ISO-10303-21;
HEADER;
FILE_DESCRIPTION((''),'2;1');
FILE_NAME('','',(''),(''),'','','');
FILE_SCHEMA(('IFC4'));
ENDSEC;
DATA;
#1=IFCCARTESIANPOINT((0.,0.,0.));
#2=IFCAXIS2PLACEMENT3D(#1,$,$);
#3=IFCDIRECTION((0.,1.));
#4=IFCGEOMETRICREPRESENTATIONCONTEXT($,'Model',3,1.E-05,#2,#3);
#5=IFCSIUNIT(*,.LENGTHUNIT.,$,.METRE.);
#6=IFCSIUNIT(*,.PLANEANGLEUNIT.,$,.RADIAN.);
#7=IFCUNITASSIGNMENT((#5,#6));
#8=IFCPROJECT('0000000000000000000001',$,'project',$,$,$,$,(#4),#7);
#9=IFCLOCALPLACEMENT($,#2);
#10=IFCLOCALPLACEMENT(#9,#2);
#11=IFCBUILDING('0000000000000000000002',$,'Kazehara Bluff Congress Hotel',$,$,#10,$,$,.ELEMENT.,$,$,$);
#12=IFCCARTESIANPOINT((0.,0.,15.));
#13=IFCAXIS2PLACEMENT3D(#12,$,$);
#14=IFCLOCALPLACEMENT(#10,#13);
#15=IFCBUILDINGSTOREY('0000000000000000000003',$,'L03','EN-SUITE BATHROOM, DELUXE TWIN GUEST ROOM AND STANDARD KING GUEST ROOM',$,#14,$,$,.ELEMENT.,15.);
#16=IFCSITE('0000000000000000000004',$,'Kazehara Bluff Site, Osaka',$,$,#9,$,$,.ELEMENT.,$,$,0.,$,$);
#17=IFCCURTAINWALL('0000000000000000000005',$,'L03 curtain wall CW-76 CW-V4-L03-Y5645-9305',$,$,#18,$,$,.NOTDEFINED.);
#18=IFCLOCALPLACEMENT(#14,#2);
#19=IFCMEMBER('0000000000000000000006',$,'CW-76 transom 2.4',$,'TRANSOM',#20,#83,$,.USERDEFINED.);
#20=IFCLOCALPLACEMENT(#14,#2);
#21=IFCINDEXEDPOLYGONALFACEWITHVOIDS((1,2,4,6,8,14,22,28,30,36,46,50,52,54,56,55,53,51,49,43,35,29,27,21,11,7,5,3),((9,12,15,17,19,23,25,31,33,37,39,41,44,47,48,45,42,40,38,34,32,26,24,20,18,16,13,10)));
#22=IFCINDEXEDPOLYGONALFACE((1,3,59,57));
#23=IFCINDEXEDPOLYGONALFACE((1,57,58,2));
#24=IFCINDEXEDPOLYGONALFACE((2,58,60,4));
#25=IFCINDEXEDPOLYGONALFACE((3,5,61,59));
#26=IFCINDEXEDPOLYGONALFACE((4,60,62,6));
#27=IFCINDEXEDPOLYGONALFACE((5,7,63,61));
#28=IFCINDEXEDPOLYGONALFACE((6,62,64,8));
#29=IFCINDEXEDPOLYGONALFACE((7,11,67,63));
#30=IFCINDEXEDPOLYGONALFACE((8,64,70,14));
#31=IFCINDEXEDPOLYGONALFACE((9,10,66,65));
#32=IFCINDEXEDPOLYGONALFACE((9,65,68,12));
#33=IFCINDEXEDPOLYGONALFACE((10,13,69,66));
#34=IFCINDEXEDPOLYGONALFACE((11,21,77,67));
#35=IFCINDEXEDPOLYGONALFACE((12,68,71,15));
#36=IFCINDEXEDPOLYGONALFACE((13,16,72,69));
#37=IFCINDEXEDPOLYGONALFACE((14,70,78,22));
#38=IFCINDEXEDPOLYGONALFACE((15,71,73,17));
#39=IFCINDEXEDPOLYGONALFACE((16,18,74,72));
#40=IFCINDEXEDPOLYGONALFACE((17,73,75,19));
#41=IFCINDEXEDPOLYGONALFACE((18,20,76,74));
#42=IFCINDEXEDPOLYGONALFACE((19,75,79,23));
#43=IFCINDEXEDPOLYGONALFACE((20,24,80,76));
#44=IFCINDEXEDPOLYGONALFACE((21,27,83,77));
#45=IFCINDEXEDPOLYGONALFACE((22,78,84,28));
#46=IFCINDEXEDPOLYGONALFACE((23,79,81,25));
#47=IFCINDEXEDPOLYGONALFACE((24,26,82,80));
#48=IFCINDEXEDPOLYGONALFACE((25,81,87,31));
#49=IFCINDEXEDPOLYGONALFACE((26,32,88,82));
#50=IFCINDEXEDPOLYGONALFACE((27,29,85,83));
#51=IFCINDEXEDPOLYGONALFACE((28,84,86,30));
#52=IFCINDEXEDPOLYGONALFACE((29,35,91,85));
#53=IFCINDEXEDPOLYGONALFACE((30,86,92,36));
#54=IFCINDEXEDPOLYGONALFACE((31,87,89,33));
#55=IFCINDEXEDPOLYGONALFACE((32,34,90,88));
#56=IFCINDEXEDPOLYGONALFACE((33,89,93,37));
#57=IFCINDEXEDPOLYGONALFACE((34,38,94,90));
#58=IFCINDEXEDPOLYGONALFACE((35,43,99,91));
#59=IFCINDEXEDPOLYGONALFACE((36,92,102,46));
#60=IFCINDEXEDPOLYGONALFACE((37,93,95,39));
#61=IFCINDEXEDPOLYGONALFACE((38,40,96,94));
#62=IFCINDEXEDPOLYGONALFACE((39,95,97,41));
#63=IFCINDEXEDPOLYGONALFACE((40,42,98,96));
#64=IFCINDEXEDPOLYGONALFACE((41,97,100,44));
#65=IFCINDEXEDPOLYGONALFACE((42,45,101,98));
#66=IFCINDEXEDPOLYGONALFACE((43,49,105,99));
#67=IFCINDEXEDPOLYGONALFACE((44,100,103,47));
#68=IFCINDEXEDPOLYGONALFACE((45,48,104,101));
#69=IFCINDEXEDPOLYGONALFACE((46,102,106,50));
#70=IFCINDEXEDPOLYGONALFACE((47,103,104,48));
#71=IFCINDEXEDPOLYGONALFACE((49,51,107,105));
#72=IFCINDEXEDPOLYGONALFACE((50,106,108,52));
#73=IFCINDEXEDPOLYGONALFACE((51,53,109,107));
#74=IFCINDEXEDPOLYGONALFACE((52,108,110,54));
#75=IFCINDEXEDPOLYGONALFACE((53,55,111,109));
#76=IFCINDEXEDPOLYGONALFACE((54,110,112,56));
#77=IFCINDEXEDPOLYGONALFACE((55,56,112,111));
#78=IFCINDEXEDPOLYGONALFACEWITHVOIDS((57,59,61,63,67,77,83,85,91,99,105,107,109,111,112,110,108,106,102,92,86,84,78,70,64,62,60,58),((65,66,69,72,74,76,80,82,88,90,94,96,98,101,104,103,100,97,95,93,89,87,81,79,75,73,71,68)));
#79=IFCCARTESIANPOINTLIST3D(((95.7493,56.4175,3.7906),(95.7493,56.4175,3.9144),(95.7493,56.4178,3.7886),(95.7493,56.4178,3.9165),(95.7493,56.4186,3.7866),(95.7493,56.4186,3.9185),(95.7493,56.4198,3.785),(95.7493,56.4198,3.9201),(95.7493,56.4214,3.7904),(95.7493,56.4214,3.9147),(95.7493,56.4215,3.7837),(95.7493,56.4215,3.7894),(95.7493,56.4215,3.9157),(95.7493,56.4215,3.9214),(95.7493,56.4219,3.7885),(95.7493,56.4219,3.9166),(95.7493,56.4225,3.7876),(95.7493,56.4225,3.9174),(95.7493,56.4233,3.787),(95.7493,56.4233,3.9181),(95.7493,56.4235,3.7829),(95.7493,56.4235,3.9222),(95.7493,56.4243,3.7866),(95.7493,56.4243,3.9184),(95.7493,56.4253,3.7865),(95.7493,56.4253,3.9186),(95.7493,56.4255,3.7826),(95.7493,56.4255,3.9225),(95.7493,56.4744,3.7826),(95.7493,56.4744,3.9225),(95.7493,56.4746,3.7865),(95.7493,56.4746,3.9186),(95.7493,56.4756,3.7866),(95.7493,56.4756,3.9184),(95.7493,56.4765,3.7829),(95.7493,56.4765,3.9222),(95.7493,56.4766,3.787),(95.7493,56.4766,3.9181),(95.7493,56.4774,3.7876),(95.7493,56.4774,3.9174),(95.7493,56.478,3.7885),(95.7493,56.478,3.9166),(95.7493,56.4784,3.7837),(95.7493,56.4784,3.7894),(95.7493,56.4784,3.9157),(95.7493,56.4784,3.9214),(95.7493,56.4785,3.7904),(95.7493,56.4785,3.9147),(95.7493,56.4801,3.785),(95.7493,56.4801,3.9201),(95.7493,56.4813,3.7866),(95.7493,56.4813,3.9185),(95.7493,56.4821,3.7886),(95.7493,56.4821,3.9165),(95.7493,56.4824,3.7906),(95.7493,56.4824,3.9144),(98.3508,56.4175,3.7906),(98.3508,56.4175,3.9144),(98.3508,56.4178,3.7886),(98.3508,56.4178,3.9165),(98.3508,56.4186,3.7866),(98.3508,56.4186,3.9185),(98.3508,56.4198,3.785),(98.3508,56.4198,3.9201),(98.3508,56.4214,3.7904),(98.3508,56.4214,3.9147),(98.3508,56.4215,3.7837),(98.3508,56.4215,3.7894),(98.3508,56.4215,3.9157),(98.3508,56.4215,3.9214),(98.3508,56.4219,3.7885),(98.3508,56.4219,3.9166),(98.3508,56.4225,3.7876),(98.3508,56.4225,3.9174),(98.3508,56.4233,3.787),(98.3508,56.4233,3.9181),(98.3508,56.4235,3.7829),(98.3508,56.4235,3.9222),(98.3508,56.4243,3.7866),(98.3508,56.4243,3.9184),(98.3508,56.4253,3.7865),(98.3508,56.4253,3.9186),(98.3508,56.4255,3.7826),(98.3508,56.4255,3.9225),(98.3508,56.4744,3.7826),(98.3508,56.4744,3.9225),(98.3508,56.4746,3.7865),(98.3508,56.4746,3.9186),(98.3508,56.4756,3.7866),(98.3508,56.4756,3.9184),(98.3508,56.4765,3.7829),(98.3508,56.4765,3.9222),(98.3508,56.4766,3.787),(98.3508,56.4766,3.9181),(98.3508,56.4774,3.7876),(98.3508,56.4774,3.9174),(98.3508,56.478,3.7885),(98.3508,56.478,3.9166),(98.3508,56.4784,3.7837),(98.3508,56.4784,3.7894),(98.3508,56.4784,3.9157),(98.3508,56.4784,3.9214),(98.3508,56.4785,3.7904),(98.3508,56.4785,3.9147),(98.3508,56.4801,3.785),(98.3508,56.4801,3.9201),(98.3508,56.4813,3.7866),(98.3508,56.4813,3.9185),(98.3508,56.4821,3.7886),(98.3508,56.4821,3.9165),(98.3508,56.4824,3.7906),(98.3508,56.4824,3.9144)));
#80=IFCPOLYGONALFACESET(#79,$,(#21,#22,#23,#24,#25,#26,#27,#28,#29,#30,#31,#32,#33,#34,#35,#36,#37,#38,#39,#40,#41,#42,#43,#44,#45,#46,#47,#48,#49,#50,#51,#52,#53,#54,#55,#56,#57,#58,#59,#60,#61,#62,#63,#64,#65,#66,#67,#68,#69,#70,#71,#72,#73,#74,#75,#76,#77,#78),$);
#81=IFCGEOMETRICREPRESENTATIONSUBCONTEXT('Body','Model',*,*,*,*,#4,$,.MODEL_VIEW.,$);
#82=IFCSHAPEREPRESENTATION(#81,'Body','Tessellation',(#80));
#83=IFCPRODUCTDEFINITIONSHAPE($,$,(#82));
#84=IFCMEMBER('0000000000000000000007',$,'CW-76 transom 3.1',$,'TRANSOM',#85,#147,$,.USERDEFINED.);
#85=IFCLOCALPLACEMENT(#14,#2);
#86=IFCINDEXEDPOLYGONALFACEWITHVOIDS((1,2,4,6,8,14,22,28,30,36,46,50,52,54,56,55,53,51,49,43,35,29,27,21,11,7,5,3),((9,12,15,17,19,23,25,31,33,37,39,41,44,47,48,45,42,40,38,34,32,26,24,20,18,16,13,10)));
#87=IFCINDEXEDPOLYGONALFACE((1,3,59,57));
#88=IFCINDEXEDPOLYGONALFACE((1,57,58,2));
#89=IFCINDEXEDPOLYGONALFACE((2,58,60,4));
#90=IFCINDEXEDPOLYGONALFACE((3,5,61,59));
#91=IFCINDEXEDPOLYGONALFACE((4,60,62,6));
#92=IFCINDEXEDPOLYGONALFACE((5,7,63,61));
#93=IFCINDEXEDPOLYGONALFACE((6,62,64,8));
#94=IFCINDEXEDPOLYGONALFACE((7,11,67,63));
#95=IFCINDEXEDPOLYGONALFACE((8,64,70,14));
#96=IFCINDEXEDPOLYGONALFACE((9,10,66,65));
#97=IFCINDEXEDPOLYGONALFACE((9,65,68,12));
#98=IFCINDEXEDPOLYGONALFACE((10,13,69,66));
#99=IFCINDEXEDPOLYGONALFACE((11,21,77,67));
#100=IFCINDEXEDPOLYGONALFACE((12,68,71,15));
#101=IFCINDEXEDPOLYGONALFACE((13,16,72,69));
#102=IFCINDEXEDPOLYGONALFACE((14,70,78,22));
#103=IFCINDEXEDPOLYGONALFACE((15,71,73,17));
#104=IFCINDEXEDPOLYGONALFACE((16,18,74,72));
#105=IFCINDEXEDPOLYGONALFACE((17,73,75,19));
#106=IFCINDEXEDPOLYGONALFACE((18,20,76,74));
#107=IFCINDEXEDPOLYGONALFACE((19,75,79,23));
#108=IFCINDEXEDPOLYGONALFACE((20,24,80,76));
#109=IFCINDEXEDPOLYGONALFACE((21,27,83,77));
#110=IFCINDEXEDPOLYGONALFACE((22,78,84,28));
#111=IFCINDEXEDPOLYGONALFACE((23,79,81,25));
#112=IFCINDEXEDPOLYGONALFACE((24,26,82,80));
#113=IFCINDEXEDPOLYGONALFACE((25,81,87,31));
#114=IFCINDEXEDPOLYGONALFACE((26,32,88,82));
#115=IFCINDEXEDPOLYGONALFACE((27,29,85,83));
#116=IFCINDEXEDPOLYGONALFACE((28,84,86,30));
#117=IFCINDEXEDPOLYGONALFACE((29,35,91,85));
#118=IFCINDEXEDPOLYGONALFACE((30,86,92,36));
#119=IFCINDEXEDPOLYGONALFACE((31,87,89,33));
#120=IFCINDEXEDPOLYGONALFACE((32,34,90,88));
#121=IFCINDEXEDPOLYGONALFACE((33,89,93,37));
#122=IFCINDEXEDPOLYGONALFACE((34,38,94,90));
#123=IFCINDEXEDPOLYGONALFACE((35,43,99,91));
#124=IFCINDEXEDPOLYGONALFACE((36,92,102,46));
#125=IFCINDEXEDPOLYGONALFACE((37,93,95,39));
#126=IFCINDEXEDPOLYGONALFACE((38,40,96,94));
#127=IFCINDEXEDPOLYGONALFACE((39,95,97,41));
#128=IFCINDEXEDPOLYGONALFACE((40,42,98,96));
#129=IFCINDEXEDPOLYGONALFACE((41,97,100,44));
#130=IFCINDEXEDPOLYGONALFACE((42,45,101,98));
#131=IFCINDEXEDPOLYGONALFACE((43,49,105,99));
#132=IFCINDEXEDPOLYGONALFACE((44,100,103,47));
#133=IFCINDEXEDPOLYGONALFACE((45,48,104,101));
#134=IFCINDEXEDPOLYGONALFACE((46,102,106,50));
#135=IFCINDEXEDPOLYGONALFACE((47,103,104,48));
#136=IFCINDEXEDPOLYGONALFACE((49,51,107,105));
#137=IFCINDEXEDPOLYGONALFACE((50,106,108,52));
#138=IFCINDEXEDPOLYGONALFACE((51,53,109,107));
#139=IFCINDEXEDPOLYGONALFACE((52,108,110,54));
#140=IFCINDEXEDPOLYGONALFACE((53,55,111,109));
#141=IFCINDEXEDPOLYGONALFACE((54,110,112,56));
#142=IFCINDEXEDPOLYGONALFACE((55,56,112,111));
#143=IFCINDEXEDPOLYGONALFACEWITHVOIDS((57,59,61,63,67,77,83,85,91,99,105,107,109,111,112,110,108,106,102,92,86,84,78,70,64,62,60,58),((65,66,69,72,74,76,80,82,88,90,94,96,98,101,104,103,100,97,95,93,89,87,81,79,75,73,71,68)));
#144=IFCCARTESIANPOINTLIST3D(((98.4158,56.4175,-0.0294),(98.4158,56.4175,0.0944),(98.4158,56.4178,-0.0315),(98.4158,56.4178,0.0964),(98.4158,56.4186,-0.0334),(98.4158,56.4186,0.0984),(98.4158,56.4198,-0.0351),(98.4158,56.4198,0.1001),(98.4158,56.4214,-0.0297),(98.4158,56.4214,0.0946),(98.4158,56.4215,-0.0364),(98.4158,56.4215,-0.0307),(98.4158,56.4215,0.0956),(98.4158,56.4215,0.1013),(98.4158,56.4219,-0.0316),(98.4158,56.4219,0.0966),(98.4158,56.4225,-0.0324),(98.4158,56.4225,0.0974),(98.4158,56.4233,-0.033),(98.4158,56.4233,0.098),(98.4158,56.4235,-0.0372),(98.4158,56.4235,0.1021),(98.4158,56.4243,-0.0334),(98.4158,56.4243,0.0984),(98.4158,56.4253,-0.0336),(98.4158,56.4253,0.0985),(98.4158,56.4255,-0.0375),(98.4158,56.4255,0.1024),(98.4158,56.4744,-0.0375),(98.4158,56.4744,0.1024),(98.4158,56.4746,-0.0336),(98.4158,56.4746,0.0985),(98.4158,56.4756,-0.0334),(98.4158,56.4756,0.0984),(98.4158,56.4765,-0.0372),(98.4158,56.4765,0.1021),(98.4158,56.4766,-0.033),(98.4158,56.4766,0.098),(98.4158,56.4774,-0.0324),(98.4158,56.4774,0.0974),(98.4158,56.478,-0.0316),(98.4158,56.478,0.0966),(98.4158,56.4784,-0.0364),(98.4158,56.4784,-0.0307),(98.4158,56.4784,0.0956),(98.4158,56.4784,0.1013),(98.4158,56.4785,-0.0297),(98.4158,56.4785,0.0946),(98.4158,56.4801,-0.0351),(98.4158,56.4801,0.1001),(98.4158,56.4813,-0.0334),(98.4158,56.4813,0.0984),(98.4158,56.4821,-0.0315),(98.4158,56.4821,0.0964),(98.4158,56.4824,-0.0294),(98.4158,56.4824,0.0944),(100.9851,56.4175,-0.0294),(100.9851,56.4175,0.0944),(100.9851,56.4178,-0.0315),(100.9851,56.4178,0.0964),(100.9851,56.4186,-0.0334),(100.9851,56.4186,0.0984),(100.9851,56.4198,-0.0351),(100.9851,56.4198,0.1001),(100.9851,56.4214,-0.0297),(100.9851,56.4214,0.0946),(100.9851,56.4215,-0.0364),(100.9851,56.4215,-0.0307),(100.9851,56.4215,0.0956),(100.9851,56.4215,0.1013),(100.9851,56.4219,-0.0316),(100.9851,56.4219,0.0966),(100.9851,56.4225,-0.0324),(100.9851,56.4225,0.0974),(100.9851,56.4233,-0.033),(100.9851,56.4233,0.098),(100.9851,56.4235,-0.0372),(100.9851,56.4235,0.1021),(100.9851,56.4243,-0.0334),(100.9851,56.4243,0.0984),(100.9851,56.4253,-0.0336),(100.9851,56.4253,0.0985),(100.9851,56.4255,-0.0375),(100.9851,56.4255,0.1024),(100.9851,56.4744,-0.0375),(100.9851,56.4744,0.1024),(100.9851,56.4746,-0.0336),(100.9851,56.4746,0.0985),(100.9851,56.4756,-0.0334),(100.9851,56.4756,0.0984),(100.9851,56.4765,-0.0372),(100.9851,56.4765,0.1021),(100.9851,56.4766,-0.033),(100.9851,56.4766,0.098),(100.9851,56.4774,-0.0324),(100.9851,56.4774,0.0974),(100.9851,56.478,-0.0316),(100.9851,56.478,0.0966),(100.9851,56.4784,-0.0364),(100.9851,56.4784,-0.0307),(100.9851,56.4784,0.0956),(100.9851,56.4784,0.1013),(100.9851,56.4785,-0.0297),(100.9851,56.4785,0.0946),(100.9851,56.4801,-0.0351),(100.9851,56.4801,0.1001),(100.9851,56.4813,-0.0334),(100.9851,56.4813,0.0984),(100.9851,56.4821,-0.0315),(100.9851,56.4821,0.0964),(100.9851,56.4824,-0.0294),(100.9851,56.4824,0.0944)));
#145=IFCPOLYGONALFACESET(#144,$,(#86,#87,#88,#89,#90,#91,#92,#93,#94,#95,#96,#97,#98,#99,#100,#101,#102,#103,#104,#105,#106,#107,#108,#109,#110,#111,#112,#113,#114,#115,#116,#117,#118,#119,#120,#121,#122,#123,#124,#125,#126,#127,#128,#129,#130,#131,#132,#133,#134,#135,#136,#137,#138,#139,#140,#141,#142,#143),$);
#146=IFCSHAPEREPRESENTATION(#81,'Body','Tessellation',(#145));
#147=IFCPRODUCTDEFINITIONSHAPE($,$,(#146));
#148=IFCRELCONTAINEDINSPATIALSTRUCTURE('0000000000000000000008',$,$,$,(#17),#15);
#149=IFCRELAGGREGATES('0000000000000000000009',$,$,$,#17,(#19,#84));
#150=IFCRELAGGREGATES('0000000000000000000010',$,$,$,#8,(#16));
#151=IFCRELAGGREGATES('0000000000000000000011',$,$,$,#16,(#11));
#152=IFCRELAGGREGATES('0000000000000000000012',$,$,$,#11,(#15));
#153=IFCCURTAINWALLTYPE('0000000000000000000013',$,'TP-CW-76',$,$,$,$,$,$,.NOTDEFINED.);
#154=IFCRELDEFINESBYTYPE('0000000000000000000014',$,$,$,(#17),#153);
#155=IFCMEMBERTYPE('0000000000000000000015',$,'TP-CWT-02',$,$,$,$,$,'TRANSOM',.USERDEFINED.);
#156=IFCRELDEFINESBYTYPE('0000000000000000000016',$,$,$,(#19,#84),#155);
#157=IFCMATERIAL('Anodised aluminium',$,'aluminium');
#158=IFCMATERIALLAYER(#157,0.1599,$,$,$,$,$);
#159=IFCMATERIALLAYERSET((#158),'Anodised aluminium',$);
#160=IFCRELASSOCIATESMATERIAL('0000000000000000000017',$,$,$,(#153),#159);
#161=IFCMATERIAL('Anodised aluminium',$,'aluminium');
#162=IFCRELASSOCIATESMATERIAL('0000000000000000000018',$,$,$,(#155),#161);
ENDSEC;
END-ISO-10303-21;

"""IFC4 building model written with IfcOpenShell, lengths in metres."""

from ifc_helpers import new_model, si_unit, direction, frame, origin, origin_2d, place, context, subcontext, project, spatial, hollow_rectangle, extrude, material, layer, layer_set, material_profile, profile_set, type_object, element, aggregate, save


model = new_model("IFC4")

# Units and contexts
model_context = context("Model", 3, precision=1e-05, world=origin(), true_north=direction((0.0, 1.0)))
body_context = subcontext(model_context, "Body", "Model", "MODEL_VIEW")
ifc_project = project(units=[si_unit("LENGTHUNIT", "METRE"), si_unit("PLANEANGLEUNIT", "RADIAN")], contexts=[model_context])

# Site, building, storey
site_placement = place(None, origin())
site = spatial("IfcSite", under=ifc_project, at=site_placement, Name="Kazehara Bluff Site, Osaka", CompositionType="ELEMENT", RefElevation=0.0)
building_placement = place(site_placement, origin())
building = spatial("IfcBuilding", under=site, at=building_placement, Name="Kazehara Bluff Congress Hotel", CompositionType="ELEMENT")
storey_placement = place(building_placement, frame((0.0, 0.0, 15.0)))
storey = spatial("IfcBuildingStorey", under=building, at=storey_placement, Name="L03", Description="EN-SUITE BATHROOM, DELUXE TWIN GUEST ROOM AND STANDARD KING GUEST ROOM", CompositionType="ELEMENT", Elevation=15.0)

# Curtain wall, members
ifc_material_1 = material(Name="Anodised aluminium", Category="aluminium")
ifc_layer_1 = layer(ifc_material_1, 0.1599)
ifc_layer_set_1 = layer_set([ifc_layer_1], Name="Anodised aluminium")
curtain_wall_type = type_object("IfcCurtainWallType", Name="TP-CW-76", PredefinedType="NOTDEFINED", material=ifc_layer_set_1)
curtain_wall_placement = place(storey_placement, origin())
curtain_wall = element("IfcCurtainWall", 1, at=curtain_wall_placement, inside=storey, type_object=curtain_wall_type, Name="L03 curtain wall CW-76 CW-V4-L03-Y5645-9305", PredefinedType="NOTDEFINED")
ifc_material_2 = material(Name="Anodised aluminium", Category="aluminium")
ifc_material_profile_1 = material_profile(ifc_material_2, hollow_rectangle(XDim=0.0649, YDim=0.1399, WallThickness=0.0039, InnerFilletRadius=0.0039, OuterFilletRadius=0.0081, at=origin_2d()))
ifc_profile_set_1 = profile_set([ifc_material_profile_1], Name="Anodised aluminium")
member_type_1 = type_object("IfcMemberType", Name="TP-CWT-02", ElementType="TRANSOM", PredefinedType="USERDEFINED", material=ifc_profile_set_1)
member_1_placement = place(storey_placement, frame((95.7493, 56.45, 3.8525), z_axis=(1.0, 0.0, 0.0), x_axis=(0.0, 1.0, 0.0)))
member_1 = element("IfcMember", 2, at=member_1_placement, type_object=member_type_1, Name="CW-76 transom 2.4", ObjectType="TRANSOM", PredefinedType="USERDEFINED", context=body_context, shape_type="SweptSolid", body=[
    extrude(hollow_rectangle(XDim=0.0649, YDim=0.1399, WallThickness=0.0039, InnerFilletRadius=0.0039, OuterFilletRadius=0.0081, at=origin_2d()), origin(), (0.0, 0.0, 1.0), 2.6016),
])
member_2_placement = place(storey_placement, frame((98.4158, 56.45, 0.0325), z_axis=(1.0, 0.0, 0.0), x_axis=(0.0, 1.0, 0.0)))
member_2 = element("IfcMember", 3, at=member_2_placement, type_object=member_type_1, Name="CW-76 transom 3.1", ObjectType="TRANSOM", PredefinedType="USERDEFINED", context=body_context, shape_type="SweptSolid", body=[
    extrude(hollow_rectangle(XDim=0.0649, YDim=0.1399, WallThickness=0.0039, InnerFilletRadius=0.0039, OuterFilletRadius=0.0081, at=origin_2d()), origin(), (0.0, 0.0, 1.0), 2.5693),
])

aggregate(curtain_wall, [member_1, member_2])

save(model, "model.ifc")
